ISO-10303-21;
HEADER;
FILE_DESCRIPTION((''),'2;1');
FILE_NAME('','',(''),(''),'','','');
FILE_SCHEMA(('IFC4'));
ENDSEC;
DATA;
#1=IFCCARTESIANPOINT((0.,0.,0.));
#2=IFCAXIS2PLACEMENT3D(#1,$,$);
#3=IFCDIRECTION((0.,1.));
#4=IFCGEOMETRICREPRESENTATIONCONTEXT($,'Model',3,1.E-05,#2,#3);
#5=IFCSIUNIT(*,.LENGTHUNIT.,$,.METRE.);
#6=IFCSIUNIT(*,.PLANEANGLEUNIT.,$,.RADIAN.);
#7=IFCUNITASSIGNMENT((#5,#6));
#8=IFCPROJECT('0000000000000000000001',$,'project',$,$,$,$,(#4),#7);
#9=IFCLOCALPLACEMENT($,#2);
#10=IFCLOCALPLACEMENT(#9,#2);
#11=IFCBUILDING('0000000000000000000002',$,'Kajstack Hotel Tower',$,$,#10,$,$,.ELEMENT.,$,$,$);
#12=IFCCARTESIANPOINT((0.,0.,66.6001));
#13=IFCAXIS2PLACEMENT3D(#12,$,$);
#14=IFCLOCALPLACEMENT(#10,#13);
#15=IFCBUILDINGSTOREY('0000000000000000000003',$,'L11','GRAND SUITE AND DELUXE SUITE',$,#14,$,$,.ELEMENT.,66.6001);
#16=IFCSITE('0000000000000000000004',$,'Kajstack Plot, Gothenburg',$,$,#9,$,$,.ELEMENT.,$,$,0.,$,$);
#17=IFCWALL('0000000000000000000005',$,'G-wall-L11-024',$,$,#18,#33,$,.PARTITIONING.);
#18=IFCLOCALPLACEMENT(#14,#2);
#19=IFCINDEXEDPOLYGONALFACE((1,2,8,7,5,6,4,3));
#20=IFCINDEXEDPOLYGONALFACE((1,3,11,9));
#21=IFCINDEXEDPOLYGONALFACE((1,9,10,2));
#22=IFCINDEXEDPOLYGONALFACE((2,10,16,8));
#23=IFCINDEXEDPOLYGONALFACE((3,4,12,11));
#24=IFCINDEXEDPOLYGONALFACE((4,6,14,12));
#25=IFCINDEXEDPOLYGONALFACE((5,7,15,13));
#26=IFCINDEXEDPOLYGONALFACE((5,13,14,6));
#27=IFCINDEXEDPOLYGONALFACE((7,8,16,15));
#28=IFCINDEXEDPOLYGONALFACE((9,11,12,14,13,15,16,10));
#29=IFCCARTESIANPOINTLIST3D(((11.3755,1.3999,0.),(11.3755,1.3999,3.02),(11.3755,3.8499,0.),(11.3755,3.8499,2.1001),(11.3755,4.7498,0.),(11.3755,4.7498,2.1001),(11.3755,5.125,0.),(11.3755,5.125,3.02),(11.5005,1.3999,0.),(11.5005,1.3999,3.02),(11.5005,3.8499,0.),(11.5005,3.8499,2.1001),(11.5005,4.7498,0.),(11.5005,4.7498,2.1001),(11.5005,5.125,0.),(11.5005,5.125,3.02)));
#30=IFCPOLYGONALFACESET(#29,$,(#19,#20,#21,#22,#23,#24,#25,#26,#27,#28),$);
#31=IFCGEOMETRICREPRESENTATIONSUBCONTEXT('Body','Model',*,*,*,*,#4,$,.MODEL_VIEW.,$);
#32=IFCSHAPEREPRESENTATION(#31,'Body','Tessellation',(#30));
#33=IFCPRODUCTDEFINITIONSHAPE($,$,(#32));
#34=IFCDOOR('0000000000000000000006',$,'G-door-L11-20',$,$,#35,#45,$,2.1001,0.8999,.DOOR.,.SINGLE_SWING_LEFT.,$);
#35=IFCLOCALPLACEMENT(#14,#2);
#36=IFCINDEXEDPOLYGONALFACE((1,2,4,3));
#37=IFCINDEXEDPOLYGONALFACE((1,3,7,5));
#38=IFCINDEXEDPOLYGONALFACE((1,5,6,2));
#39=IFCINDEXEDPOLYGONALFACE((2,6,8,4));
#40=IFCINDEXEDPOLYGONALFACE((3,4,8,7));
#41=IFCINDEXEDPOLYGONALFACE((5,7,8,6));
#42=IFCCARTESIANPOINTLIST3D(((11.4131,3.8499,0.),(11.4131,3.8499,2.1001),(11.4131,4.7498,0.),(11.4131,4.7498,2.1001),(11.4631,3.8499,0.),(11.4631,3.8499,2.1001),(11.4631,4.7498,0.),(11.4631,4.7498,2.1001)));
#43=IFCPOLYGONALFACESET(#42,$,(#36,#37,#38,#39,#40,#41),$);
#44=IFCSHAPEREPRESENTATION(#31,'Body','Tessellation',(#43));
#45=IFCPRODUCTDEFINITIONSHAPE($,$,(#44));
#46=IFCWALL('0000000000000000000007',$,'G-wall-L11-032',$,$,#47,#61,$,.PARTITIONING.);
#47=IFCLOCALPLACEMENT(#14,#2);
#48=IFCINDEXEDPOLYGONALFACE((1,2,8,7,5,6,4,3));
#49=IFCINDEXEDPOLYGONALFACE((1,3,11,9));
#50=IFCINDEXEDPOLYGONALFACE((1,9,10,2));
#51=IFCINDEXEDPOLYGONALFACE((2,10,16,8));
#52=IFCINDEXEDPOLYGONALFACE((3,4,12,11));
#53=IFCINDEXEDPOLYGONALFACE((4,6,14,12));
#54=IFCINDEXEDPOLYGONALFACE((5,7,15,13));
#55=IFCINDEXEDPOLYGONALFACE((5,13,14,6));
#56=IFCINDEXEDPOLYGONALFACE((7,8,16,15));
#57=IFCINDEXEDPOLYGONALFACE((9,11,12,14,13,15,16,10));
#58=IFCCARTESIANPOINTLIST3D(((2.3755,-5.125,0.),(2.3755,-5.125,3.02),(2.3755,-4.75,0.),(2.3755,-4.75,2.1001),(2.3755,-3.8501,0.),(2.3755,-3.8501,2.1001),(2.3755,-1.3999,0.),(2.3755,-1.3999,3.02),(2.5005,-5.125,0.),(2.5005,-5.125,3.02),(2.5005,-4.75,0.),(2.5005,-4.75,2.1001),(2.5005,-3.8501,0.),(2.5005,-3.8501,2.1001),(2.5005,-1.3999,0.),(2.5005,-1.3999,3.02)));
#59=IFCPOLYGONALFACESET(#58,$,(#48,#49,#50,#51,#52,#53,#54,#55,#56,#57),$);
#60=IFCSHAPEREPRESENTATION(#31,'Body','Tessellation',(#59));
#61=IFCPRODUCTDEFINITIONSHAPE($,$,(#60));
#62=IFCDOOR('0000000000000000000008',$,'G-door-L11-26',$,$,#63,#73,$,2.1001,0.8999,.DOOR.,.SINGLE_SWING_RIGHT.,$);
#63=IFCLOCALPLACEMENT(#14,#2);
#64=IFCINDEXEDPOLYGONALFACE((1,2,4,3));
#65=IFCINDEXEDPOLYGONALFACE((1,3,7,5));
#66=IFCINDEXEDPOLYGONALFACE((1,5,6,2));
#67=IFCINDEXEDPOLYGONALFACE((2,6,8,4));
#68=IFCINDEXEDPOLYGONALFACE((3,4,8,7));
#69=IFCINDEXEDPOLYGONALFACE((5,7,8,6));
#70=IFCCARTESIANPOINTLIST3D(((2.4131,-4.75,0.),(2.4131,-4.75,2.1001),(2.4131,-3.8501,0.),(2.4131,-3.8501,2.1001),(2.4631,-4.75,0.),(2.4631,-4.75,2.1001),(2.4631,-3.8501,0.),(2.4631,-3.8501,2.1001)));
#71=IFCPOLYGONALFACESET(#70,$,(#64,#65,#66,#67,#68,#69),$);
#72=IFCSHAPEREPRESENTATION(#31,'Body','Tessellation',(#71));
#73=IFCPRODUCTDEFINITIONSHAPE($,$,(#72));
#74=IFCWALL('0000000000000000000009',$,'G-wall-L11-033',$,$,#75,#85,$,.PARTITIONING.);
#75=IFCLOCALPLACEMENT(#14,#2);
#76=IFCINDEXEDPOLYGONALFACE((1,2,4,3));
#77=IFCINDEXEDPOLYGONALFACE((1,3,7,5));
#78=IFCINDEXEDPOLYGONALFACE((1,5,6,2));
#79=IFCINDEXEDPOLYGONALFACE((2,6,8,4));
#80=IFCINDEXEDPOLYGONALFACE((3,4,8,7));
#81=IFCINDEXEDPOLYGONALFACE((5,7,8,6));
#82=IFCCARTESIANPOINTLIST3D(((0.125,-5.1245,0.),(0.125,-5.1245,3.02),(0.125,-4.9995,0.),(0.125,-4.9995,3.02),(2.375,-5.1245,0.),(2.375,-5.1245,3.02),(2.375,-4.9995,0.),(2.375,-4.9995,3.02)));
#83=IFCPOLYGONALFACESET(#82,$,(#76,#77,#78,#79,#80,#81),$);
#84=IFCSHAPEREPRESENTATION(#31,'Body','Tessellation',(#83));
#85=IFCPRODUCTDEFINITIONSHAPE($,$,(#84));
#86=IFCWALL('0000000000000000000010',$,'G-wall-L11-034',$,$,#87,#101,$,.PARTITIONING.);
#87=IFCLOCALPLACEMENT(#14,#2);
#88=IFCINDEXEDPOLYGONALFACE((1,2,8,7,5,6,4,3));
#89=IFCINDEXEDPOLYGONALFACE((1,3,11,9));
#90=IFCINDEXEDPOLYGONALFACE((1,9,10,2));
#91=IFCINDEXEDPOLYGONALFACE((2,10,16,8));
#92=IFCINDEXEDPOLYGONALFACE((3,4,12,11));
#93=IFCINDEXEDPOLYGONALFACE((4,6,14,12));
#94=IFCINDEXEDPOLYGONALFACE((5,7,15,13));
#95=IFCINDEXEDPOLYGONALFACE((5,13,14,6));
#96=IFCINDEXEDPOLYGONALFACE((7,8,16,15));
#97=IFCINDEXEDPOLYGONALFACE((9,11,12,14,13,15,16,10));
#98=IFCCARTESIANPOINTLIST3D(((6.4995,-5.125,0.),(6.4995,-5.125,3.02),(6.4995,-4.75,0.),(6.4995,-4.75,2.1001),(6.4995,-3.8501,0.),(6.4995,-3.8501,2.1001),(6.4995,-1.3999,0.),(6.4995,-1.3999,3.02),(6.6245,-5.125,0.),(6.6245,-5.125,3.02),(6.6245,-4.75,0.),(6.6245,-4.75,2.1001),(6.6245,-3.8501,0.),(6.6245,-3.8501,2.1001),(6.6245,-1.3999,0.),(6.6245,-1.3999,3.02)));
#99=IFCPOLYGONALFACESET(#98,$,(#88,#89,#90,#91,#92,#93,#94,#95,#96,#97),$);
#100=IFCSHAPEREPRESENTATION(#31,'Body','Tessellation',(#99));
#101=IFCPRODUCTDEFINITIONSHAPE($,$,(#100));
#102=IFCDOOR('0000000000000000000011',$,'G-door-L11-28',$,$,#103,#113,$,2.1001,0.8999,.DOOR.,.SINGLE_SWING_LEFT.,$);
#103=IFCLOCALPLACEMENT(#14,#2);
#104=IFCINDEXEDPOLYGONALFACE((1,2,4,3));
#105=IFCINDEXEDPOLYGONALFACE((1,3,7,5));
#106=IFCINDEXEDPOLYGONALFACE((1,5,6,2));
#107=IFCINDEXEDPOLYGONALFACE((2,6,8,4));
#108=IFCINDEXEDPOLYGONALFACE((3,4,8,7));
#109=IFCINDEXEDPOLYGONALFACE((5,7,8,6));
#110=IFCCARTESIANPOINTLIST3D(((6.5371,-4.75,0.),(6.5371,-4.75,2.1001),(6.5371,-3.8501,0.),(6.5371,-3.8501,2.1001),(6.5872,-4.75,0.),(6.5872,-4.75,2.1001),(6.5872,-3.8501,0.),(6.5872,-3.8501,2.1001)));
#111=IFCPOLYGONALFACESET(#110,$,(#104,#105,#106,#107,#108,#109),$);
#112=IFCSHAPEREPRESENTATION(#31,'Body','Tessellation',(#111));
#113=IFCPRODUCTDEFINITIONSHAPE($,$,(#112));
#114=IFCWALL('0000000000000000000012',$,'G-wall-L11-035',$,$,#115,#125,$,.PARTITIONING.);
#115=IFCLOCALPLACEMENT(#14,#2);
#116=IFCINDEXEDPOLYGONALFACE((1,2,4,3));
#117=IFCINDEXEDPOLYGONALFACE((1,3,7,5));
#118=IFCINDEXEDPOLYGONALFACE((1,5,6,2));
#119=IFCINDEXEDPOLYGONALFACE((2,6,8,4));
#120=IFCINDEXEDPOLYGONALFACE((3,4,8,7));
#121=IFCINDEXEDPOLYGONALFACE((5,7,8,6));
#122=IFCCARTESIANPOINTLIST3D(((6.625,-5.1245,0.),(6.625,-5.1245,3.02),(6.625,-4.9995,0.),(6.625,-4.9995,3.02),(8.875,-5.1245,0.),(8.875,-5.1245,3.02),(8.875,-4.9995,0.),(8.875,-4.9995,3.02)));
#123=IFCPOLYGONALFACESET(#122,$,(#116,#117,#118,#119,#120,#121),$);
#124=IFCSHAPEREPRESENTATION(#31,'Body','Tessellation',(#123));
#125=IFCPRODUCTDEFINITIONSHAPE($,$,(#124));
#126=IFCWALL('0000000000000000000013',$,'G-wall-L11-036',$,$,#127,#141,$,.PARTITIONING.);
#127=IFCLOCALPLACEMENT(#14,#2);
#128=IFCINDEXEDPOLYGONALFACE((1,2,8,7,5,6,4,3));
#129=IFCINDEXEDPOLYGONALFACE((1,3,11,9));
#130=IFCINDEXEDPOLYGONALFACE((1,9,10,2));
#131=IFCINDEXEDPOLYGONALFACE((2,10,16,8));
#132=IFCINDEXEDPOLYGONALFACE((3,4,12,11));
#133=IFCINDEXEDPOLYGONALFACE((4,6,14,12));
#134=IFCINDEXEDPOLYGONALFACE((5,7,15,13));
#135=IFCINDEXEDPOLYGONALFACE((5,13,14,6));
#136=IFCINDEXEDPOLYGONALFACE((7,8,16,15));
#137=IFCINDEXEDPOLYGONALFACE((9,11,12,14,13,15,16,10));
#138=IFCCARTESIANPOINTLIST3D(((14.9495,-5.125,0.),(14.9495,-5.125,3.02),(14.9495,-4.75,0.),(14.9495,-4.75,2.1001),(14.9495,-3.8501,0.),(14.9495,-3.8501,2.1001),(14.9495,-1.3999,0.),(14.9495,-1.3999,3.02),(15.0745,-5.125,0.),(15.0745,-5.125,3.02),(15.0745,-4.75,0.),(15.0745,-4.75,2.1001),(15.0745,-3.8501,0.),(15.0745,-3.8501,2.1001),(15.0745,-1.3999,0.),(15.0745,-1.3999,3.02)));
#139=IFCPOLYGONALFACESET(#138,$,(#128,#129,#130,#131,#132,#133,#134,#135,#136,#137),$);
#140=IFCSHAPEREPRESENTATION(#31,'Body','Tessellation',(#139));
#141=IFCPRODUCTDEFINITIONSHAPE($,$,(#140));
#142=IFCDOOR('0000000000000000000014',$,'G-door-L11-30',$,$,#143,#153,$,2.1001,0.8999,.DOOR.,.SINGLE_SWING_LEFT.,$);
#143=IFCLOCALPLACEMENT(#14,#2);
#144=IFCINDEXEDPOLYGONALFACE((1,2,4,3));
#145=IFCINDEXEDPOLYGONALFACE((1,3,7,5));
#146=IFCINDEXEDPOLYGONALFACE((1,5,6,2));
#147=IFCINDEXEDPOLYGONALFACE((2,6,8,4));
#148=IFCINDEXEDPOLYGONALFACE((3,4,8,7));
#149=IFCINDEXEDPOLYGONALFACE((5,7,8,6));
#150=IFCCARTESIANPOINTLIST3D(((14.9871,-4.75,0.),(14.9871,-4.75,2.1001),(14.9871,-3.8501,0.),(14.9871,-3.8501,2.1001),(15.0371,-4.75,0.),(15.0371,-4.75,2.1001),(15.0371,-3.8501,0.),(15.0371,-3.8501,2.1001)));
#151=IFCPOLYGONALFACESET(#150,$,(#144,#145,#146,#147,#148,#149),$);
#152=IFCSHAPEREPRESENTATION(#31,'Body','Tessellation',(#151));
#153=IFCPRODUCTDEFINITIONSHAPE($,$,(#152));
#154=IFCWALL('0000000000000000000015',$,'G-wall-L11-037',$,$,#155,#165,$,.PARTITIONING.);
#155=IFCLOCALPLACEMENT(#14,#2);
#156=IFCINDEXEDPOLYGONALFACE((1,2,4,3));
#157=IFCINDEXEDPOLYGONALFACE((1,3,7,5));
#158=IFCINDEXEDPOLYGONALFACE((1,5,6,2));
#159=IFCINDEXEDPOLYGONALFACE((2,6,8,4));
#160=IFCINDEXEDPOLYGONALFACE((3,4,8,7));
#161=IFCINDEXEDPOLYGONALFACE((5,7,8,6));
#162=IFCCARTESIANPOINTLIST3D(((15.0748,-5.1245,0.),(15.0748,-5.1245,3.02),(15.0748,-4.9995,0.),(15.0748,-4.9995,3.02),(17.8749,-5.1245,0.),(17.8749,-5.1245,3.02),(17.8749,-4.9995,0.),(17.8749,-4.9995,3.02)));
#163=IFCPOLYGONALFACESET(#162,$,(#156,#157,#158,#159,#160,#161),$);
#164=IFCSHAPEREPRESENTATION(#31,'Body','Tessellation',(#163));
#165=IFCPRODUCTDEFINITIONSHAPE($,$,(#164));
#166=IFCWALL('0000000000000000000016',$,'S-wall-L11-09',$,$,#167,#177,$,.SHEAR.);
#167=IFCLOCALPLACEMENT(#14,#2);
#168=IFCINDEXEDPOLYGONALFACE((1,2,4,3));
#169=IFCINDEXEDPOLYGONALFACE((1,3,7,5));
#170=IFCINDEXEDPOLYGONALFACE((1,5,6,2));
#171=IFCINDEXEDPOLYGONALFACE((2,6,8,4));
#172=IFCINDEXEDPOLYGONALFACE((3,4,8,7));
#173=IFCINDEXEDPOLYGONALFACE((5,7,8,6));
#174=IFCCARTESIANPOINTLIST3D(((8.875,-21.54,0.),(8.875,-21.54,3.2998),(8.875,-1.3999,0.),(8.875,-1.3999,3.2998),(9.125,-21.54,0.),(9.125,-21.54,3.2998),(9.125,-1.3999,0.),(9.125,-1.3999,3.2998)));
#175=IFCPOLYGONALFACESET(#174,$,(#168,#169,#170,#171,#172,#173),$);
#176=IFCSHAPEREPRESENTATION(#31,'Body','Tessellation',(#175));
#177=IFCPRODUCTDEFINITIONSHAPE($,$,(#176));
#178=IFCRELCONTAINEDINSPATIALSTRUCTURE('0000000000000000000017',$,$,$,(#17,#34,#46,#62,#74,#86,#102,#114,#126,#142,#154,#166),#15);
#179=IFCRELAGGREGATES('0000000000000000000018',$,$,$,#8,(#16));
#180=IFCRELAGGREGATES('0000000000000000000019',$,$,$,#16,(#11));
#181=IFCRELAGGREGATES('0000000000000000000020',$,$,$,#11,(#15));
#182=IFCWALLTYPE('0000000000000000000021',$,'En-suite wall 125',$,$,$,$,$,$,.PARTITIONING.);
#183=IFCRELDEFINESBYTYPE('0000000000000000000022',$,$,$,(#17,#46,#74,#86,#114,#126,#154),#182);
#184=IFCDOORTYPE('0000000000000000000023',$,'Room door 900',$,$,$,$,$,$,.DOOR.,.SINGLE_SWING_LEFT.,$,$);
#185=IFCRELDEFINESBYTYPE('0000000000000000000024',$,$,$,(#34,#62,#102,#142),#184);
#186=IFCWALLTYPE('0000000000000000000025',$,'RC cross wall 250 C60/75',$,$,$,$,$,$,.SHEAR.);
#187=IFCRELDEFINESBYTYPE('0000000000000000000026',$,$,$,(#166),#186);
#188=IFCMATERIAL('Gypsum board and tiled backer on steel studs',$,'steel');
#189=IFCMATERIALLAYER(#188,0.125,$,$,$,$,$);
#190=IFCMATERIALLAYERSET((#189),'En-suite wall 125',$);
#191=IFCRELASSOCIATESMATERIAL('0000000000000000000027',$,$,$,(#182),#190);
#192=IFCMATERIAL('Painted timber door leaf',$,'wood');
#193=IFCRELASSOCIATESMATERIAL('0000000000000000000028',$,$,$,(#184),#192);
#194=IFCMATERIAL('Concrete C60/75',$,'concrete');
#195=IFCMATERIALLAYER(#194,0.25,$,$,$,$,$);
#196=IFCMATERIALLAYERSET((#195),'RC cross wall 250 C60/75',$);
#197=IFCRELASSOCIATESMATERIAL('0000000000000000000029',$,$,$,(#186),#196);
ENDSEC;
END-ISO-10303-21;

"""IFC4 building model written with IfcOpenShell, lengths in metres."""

from ifc_helpers import new_model, si_unit, direction, frame, frame_2d, origin, place, context, subcontext, project, spatial, rectangle, extrude, material, layer, layer_set, type_object, element, fill, save


model = new_model("IFC4")

# Units and contexts
model_context = context("Model", 3, precision=1e-05, world=origin(), true_north=direction((0.0, 1.0)))
body_context = subcontext(model_context, "Body", "Model", "MODEL_VIEW")
ifc_project = project(units=[si_unit("LENGTHUNIT", "METRE"), si_unit("PLANEANGLEUNIT", "RADIAN")], contexts=[model_context])

# Site, building, storey
site_placement = place(None, origin())
site = spatial("IfcSite", under=ifc_project, at=site_placement, Name="Kajstack Plot, Gothenburg", CompositionType="ELEMENT", RefElevation=0.0)
building_placement = place(site_placement, origin())
building = spatial("IfcBuilding", under=site, at=building_placement, Name="Kajstack Hotel Tower", CompositionType="ELEMENT")
storey_placement = place(building_placement, frame((0.0, 0.0, 66.6001)))
storey = spatial("IfcBuildingStorey", under=building, at=storey_placement, Name="L11", Description="GRAND SUITE AND DELUXE SUITE", CompositionType="ELEMENT", Elevation=66.6001)

# Shared definitions
ifc_material_1 = material(Name="Concrete C60/75", Category="concrete")

# Walls, openings, doors
ifc_material_2 = material(Name="Gypsum board and tiled backer on steel studs", Category="steel")
ifc_layer_1 = layer(ifc_material_2, 0.125)
ifc_layer_set_1 = layer_set([ifc_layer_1], Name="En-suite wall 125")
wall_type_1 = type_object("IfcWallType", Name="En-suite wall 125", PredefinedType="PARTITIONING", material=ifc_layer_set_1)
ifc_material_3 = material(Name="Painted timber door leaf", Category="wood")
door_type_1 = type_object("IfcDoorType", Name="Room door 900", OperationType="SINGLE_SWING_LEFT", PredefinedType="DOOR", material=ifc_material_3)
wall_1_placement = place(storey_placement, frame((11.438, 1.3999, 0.0), z_axis=(0.0, 0.0, 1.0), x_axis=(0.0, 1.0, 0.0)))
wall_1 = element("IfcWall", 1, at=wall_1_placement, inside=storey, type_object=wall_type_1, Name="G-wall-L11-024", PredefinedType="PARTITIONING", context=body_context, shape_type="SweptSolid", body=[
    extrude(rectangle(XDim=3.7251, YDim=0.125, at=frame_2d((1.8625, 0.0))), origin(), (0.0, 0.0, 1.0), 3.02),
])
opening_1_placement = place(wall_1_placement, frame((2.45, 0.0, 0.0)))
opening_1 = element("IfcOpeningElement", 2, at=opening_1_placement, cuts=wall_1, PredefinedType="OPENING", context=body_context, shape_type="SweptSolid", body=[
    extrude(rectangle(XDim=0.8999, YDim=2.1001, at=frame_2d((0.45, 1.05))), frame((0.0, 0.0725, 0.0), z_axis=(0.0, -1.0, 0.0), x_axis=(1.0, 0.0, 0.0)), (0.0, 0.0, 1.0), 0.145),
])
door_1_placement = place(opening_1_placement, origin())
door_1 = element("IfcDoor", 3, at=door_1_placement, inside=storey, type_object=door_type_1, Name="G-door-L11-20", OperationType="SINGLE_SWING_LEFT", OverallHeight=2.1001, OverallWidth=0.8999, PredefinedType="DOOR", context=body_context, shape_type="SweptSolid", body=[
    extrude(rectangle(XDim=0.8999, YDim=2.1001, at=frame_2d((0.45, 1.05))), frame((0.0, 0.0249, 0.0), z_axis=(0.0, -1.0, 0.0), x_axis=(1.0, 0.0, 0.0)), (0.0, 0.0, 1.0), 0.05),
])
fill(opening_1, door_1)
wall_2_placement = place(storey_placement, frame((2.438, -5.125, 0.0), z_axis=(0.0, 0.0, 1.0), x_axis=(0.0, 1.0, 0.0)))
wall_2 = element("IfcWall", 4, at=wall_2_placement, inside=storey, type_object=wall_type_1, Name="G-wall-L11-032", PredefinedType="PARTITIONING", context=body_context, shape_type="SweptSolid", body=[
    extrude(rectangle(XDim=3.7251, YDim=0.125, at=frame_2d((1.8625, 0.0))), origin(), (0.0, 0.0, 1.0), 3.02),
])
opening_2_placement = place(wall_2_placement, frame((0.375, 0.0, 0.0)))
opening_2 = element("IfcOpeningElement", 5, at=opening_2_placement, cuts=wall_2, PredefinedType="OPENING", context=body_context, shape_type="SweptSolid", body=[
    extrude(rectangle(XDim=0.8999, YDim=2.1001, at=frame_2d((0.45, 1.05))), frame((0.0, 0.0725, 0.0), z_axis=(0.0, -1.0, 0.0), x_axis=(1.0, 0.0, 0.0)), (0.0, 0.0, 1.0), 0.145),
])
door_2_placement = place(opening_2_placement, origin())
door_2 = element("IfcDoor", 6, at=door_2_placement, inside=storey, type_object=door_type_1, Name="G-door-L11-26", OperationType="SINGLE_SWING_RIGHT", OverallHeight=2.1001, OverallWidth=0.8999, PredefinedType="DOOR", context=body_context, shape_type="SweptSolid", body=[
    extrude(rectangle(XDim=0.8999, YDim=2.1001, at=frame_2d((0.45, 1.05))), frame((0.0, 0.0249, 0.0), z_axis=(0.0, -1.0, 0.0), x_axis=(1.0, 0.0, 0.0)), (0.0, 0.0, 1.0), 0.05),
])
fill(opening_2, door_2)

# Wall
wall_3_placement = place(storey_placement, frame((0.125, -5.062, 0.0), z_axis=(0.0, 0.0, 1.0), x_axis=(1.0, 0.0, 0.0)))
element("IfcWall", 7, at=wall_3_placement, inside=storey, type_object=wall_type_1, Name="G-wall-L11-033", PredefinedType="PARTITIONING", context=body_context, shape_type="SweptSolid", body=[
    extrude(rectangle(XDim=2.25, YDim=0.125, at=frame_2d((1.125, 0.0))), origin(), (0.0, 0.0, 1.0), 3.02),
])

# Wall, opening, door
wall_4_placement = place(storey_placement, frame((6.562, -5.125, 0.0), z_axis=(0.0, 0.0, 1.0), x_axis=(0.0, 1.0, 0.0)))
wall_4 = element("IfcWall", 8, at=wall_4_placement, inside=storey, type_object=wall_type_1, Name="G-wall-L11-034", PredefinedType="PARTITIONING", context=body_context, shape_type="SweptSolid", body=[
    extrude(rectangle(XDim=3.7251, YDim=0.125, at=frame_2d((1.8625, 0.0))), origin(), (0.0, 0.0, 1.0), 3.02),
])
opening_3_placement = place(wall_4_placement, frame((0.375, 0.0, 0.0)))
opening_3 = element("IfcOpeningElement", 9, at=opening_3_placement, cuts=wall_4, PredefinedType="OPENING", context=body_context, shape_type="SweptSolid", body=[
    extrude(rectangle(XDim=0.8999, YDim=2.1001, at=frame_2d((0.45, 1.05))), frame((0.0, 0.0725, 0.0), z_axis=(0.0, -1.0, 0.0), x_axis=(1.0, 0.0, 0.0)), (0.0, 0.0, 1.0), 0.145),
])
door_3_placement = place(opening_3_placement, origin())
door_3 = element("IfcDoor", 10, at=door_3_placement, inside=storey, type_object=door_type_1, Name="G-door-L11-28", OperationType="SINGLE_SWING_LEFT", OverallHeight=2.1001, OverallWidth=0.8999, PredefinedType="DOOR", context=body_context, shape_type="SweptSolid", body=[
    extrude(rectangle(XDim=0.8999, YDim=2.1001, at=frame_2d((0.45, 1.05))), frame((0.0, 0.0249, 0.0), z_axis=(0.0, -1.0, 0.0), x_axis=(1.0, 0.0, 0.0)), (0.0, 0.0, 1.0), 0.05),
])
fill(opening_3, door_3)

# Wall
wall_5_placement = place(storey_placement, frame((6.625, -5.062, 0.0), z_axis=(0.0, 0.0, 1.0), x_axis=(1.0, 0.0, 0.0)))
element("IfcWall", 11, at=wall_5_placement, inside=storey, type_object=wall_type_1, Name="G-wall-L11-035", PredefinedType="PARTITIONING", context=body_context, shape_type="SweptSolid", body=[
    extrude(rectangle(XDim=2.25, YDim=0.125, at=frame_2d((1.125, 0.0))), origin(), (0.0, 0.0, 1.0), 3.02),
])

# Wall, opening, door
wall_6_placement = place(storey_placement, frame((15.012, -5.125, 0.0), z_axis=(0.0, 0.0, 1.0), x_axis=(0.0, 1.0, 0.0)))
wall_6 = element("IfcWall", 12, at=wall_6_placement, inside=storey, type_object=wall_type_1, Name="G-wall-L11-036", PredefinedType="PARTITIONING", context=body_context, shape_type="SweptSolid", body=[
    extrude(rectangle(XDim=3.7251, YDim=0.125, at=frame_2d((1.8625, 0.0))), origin(), (0.0, 0.0, 1.0), 3.02),
])
opening_4_placement = place(wall_6_placement, frame((0.375, 0.0, 0.0)))
opening_4 = element("IfcOpeningElement", 13, at=opening_4_placement, cuts=wall_6, PredefinedType="OPENING", context=body_context, shape_type="SweptSolid", body=[
    extrude(rectangle(XDim=0.8999, YDim=2.1001, at=frame_2d((0.45, 1.05))), frame((0.0, 0.0725, 0.0), z_axis=(0.0, -1.0, 0.0), x_axis=(1.0, 0.0, 0.0)), (0.0, 0.0, 1.0), 0.145),
])
door_4_placement = place(opening_4_placement, origin())
door_4 = element("IfcDoor", 14, at=door_4_placement, inside=storey, type_object=door_type_1, Name="G-door-L11-30", OperationType="SINGLE_SWING_LEFT", OverallHeight=2.1001, OverallWidth=0.8999, PredefinedType="DOOR", context=body_context, shape_type="SweptSolid", body=[
    extrude(rectangle(XDim=0.8999, YDim=2.1001, at=frame_2d((0.45, 1.05))), frame((0.0, 0.0249, 0.0), z_axis=(0.0, -1.0, 0.0), x_axis=(1.0, 0.0, 0.0)), (0.0, 0.0, 1.0), 0.05),
])
fill(opening_4, door_4)

# Walls
wall_7_placement = place(storey_placement, frame((15.075, -5.062, 0.0), z_axis=(0.0, 0.0, 1.0), x_axis=(1.0, 0.0, 0.0)))
element("IfcWall", 15, at=wall_7_placement, inside=storey, type_object=wall_type_1, Name="G-wall-L11-037", PredefinedType="PARTITIONING", context=body_context, shape_type="SweptSolid", body=[
    extrude(rectangle(XDim=2.8, YDim=0.125, at=frame_2d((1.3999, 0.0))), origin(), (0.0, 0.0, 1.0), 3.02),
])
ifc_layer_2 = layer(ifc_material_1, 0.25)
ifc_layer_set_2 = layer_set([ifc_layer_2], Name="RC cross wall 250 C60/75")
wall_type_2 = type_object("IfcWallType", Name="RC cross wall 250 C60/75", PredefinedType="SHEAR", material=ifc_layer_set_2)
for number, where, z_axis, x_axis, name in (
    (16, (9.0, -21.54, 0.0), (0.0, 0.0, 1.0), (0.0, 1.0, 0.0), "S-wall-L11-09"),
):
    element("IfcWall", number, at=place(storey_placement, frame(where, z_axis=z_axis, x_axis=x_axis)), inside=storey, type_object=wall_type_2, Name=name, PredefinedType="SHEAR", context=body_context, shape_type="SweptSolid", body=[
        extrude(rectangle(XDim=20.1401, YDim=0.25, at=frame_2d((10.0701, 0.0))), origin(), (0.0, 0.0, 1.0), 3.2998),
    ])

save(model, "model.ifc")
